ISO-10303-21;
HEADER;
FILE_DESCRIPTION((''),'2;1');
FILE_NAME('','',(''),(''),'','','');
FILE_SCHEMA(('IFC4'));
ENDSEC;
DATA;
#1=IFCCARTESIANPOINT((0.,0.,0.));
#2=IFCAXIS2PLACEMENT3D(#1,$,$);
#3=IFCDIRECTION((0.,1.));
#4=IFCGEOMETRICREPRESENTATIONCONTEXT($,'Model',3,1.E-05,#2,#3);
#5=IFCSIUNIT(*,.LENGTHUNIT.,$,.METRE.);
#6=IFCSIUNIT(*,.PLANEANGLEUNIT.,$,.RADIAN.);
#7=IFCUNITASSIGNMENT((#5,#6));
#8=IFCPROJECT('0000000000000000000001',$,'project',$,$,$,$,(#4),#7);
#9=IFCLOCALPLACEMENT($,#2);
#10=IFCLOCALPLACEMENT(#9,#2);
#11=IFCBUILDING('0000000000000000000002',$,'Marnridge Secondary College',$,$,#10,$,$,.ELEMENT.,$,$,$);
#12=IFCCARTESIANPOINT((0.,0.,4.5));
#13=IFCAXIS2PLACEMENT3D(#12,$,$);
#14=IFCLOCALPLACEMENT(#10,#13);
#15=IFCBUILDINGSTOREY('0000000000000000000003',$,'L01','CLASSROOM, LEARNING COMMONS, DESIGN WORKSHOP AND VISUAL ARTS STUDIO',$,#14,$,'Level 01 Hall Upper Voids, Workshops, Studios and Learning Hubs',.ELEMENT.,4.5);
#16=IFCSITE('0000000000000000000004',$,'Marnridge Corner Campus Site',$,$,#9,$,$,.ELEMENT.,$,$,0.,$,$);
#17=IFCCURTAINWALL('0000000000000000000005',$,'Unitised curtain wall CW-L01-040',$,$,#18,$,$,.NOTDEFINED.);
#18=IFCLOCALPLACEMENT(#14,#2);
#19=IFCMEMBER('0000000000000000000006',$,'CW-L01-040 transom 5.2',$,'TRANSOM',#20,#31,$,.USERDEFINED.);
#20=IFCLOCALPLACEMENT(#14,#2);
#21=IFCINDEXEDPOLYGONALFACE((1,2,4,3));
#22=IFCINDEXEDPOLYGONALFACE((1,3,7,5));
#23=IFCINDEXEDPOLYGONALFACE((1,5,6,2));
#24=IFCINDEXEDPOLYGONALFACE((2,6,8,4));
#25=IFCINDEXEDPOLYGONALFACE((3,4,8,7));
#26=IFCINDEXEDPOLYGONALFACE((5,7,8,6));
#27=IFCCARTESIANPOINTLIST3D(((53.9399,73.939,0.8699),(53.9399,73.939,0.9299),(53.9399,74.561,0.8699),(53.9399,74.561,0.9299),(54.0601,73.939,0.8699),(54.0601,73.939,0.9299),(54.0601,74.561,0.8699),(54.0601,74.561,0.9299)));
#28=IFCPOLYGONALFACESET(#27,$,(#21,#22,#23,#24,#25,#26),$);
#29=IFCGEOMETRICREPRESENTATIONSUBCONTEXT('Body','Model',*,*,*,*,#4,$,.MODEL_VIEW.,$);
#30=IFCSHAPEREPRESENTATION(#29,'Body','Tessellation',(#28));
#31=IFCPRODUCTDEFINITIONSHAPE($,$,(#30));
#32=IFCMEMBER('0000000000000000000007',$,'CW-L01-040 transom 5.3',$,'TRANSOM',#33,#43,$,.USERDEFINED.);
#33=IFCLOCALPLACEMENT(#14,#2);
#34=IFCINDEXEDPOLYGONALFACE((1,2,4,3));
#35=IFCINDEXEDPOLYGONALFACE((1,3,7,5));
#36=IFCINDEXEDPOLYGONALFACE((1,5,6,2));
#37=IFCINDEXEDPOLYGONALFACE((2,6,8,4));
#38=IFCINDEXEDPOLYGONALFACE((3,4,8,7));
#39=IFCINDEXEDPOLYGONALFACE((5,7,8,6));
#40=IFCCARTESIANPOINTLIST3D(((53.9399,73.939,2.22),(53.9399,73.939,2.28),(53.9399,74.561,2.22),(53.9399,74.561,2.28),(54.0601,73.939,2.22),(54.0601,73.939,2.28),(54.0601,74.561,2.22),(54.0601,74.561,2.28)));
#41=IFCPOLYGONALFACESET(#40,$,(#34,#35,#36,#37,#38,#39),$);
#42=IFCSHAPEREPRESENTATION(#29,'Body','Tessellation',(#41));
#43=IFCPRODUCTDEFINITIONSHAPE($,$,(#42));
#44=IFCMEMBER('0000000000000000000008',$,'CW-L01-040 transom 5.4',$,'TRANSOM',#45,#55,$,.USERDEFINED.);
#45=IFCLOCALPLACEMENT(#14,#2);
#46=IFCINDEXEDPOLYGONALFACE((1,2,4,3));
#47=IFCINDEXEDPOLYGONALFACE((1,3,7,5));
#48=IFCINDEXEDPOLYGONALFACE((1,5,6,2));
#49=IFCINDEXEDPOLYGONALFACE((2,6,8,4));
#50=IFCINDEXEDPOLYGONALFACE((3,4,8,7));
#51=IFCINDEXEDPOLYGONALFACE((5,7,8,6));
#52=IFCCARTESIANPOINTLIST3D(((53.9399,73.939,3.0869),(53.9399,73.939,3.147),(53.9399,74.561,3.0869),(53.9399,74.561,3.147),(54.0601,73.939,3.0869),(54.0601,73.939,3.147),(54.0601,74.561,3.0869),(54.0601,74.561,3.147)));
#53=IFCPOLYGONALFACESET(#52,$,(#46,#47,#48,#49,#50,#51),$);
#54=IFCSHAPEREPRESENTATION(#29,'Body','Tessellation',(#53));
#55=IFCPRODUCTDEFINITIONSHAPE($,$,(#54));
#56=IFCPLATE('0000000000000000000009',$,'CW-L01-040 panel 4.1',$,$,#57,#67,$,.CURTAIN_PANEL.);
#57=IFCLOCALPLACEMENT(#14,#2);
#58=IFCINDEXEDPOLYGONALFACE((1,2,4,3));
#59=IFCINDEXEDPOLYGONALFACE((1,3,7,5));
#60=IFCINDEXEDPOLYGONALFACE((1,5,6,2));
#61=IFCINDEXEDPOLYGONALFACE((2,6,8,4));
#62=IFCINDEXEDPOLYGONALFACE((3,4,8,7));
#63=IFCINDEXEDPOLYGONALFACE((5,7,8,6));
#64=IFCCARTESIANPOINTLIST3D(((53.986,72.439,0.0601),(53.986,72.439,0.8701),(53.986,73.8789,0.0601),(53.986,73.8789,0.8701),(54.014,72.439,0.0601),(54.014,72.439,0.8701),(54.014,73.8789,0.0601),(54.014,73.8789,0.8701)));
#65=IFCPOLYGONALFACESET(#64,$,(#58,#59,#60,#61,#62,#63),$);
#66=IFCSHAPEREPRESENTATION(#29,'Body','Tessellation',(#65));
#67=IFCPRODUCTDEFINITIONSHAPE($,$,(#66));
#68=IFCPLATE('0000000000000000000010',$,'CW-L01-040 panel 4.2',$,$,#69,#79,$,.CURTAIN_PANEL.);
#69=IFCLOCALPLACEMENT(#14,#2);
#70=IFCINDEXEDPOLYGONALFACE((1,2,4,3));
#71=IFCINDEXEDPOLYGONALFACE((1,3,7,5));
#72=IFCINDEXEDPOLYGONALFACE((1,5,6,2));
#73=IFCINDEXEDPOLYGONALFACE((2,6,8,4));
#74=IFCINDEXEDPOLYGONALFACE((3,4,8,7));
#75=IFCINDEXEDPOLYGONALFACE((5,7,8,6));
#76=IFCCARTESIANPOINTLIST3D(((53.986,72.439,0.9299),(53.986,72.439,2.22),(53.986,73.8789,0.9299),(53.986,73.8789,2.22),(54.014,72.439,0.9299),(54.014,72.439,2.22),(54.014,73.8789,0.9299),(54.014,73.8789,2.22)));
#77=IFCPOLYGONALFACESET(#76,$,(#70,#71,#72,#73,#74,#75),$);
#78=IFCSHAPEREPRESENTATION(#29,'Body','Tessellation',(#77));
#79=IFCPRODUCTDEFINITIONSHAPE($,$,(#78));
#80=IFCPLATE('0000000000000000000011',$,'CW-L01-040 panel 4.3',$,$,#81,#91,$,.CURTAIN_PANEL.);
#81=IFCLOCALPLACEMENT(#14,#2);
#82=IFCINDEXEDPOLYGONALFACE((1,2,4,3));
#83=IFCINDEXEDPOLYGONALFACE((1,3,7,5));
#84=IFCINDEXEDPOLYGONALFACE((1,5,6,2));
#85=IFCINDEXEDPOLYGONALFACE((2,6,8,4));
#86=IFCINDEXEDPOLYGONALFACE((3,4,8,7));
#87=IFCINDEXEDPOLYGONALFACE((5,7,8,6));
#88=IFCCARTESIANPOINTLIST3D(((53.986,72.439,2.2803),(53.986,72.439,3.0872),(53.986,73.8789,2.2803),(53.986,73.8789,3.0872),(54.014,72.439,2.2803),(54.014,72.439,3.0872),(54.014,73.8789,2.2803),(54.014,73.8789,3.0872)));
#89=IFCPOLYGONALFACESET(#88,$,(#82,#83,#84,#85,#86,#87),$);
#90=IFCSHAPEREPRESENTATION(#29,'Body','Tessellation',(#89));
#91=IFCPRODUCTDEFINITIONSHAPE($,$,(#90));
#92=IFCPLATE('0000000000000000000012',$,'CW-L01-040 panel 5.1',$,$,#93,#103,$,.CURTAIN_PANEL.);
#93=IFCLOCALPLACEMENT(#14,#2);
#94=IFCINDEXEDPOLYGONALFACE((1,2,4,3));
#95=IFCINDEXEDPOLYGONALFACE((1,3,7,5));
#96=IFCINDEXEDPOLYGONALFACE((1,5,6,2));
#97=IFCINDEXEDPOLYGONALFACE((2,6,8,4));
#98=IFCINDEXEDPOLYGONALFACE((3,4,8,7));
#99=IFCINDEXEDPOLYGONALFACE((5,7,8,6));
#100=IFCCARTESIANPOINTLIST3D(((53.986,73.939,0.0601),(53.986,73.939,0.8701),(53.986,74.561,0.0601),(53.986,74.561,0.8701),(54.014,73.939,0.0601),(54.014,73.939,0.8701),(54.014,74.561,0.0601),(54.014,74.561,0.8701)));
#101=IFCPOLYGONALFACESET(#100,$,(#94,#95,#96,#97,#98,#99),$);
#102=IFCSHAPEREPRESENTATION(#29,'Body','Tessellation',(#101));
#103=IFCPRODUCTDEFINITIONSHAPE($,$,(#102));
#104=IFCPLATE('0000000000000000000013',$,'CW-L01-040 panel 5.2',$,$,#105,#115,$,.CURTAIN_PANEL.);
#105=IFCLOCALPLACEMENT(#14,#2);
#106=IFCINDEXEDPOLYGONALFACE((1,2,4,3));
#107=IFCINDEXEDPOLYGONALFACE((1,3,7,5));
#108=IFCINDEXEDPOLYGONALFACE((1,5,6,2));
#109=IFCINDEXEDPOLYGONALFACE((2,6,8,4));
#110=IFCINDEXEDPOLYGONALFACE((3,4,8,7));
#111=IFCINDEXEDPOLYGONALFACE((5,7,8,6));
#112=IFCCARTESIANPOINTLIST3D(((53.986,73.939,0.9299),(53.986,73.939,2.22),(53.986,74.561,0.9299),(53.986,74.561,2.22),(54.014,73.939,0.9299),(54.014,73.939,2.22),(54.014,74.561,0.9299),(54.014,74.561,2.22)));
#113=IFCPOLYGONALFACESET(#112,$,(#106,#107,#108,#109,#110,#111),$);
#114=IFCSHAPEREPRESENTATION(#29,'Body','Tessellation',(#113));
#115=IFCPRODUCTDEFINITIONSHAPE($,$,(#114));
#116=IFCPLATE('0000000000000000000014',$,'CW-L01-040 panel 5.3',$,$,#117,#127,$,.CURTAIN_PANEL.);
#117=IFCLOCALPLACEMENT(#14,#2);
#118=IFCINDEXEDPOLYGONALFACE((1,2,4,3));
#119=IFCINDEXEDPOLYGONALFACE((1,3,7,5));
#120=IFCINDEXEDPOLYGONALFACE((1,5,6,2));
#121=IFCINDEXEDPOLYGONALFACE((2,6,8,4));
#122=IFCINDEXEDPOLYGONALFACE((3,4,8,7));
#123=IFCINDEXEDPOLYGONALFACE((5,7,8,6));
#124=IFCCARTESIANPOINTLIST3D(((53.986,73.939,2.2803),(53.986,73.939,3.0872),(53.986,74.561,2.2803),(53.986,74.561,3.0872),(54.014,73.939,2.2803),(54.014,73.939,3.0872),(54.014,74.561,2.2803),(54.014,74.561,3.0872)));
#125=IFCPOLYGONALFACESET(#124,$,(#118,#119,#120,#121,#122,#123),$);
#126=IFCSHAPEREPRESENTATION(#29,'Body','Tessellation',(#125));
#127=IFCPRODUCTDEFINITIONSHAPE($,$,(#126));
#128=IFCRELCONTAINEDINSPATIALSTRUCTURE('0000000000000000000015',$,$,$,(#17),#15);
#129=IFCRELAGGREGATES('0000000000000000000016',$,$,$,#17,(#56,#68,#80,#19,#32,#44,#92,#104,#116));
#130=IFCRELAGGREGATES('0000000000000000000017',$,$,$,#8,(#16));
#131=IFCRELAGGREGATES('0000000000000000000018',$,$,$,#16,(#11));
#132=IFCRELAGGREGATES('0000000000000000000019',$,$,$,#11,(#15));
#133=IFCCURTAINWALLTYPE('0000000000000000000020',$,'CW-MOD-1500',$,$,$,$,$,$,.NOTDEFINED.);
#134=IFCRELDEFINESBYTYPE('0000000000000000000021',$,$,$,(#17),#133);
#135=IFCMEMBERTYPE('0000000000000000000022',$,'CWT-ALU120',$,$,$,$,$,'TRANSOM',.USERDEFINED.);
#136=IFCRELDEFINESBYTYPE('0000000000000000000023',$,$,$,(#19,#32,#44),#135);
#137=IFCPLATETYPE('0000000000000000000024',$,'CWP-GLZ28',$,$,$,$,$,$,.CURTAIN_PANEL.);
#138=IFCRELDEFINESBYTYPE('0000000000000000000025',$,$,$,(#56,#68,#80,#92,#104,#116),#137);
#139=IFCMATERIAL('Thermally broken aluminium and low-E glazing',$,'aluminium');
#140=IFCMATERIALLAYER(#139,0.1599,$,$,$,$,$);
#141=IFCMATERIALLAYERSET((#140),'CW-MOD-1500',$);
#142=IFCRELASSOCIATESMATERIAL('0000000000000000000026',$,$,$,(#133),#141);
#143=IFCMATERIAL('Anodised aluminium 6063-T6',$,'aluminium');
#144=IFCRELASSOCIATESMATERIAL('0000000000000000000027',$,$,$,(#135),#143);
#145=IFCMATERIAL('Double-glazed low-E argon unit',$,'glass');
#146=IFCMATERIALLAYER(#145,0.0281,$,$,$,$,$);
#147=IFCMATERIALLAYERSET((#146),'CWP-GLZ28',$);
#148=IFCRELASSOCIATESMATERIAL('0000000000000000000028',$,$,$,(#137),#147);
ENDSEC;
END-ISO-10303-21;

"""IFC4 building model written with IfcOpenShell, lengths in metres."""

from ifc_helpers import new_model, si_unit, direction, frame, origin, origin_2d, place, context, subcontext, project, spatial, rectangle, extrude, material, layer, layer_set, material_profile, profile_set, type_object, element, aggregate, save


model = new_model("IFC4")

# Units and contexts
model_context = context("Model", 3, precision=1e-05, world=origin(), true_north=direction((0.0, 1.0)))
body_context = subcontext(model_context, "Body", "Model", "MODEL_VIEW")
ifc_project = project(units=[si_unit("LENGTHUNIT", "METRE"), si_unit("PLANEANGLEUNIT", "RADIAN")], contexts=[model_context])

# Site, building, storey
site_placement = place(None, origin())
site = spatial("IfcSite", under=ifc_project, at=site_placement, Name="Marnridge Corner Campus Site", CompositionType="ELEMENT", RefElevation=0.0)
building_placement = place(site_placement, origin())
building = spatial("IfcBuilding", under=site, at=building_placement, Name="Marnridge Secondary College", CompositionType="ELEMENT")
storey_placement = place(building_placement, frame((0.0, 0.0, 4.5)))
storey = spatial("IfcBuildingStorey", under=building, at=storey_placement, Name="L01", Description="CLASSROOM, LEARNING COMMONS, DESIGN WORKSHOP AND VISUAL ARTS STUDIO", LongName="Level 01 Hall Upper Voids, Workshops, Studios and Learning Hubs", CompositionType="ELEMENT", Elevation=4.5)

# Curtain wall
ifc_material_1 = material(Name="Thermally broken aluminium and low-E glazing", Category="aluminium")
ifc_layer_1 = layer(ifc_material_1, 0.1599)
ifc_layer_set_1 = layer_set([ifc_layer_1], Name="CW-MOD-1500")
curtain_wall_type = type_object("IfcCurtainWallType", Name="CW-MOD-1500", PredefinedType="NOTDEFINED", material=ifc_layer_set_1)
curtain_wall_1_placement = place(storey_placement, origin())
curtain_wall_1 = element("IfcCurtainWall", 1, at=curtain_wall_1_placement, inside=storey, type_object=curtain_wall_type, Name="Unitised curtain wall CW-L01-040", PredefinedType="NOTDEFINED")

# Members
ifc_material_2 = material(Name="Anodised aluminium 6063-T6", Category="aluminium")
ifc_material_profile_1 = material_profile(ifc_material_2, rectangle(XDim=0.0601, YDim=0.1201, at=origin_2d()), Name="ALU 60x120")
ifc_profile_set_1 = profile_set([ifc_material_profile_1], Name="Anodised aluminium 6063-T6")
member_type_1 = type_object("IfcMemberType", Name="CWT-ALU120", ElementType="TRANSOM", PredefinedType="USERDEFINED", material=ifc_profile_set_1)
member_1_placement = place(storey_placement, frame((54.0, 73.939, 0.8999), z_axis=(0.0, 1.0, 0.0), x_axis=(0.0, 0.0, 1.0)))
member_1 = element("IfcMember", 2, at=member_1_placement, type_object=member_type_1, Name="CW-L01-040 transom 5.2", ObjectType="TRANSOM", PredefinedType="USERDEFINED", context=body_context, shape_type="SweptSolid", body=[
    extrude(rectangle(XDim=0.0601, YDim=0.1201, at=origin_2d()), origin(), (0.0, 0.0, 1.0), 0.6221),
])
member_2_placement = place(storey_placement, frame((54.0, 73.939, 2.25), z_axis=(0.0, 1.0, 0.0), x_axis=(0.0, 0.0, 1.0)))
member_2 = element("IfcMember", 3, at=member_2_placement, type_object=member_type_1, Name="CW-L01-040 transom 5.3", ObjectType="TRANSOM", PredefinedType="USERDEFINED", context=body_context, shape_type="SweptSolid", body=[
    extrude(rectangle(XDim=0.0601, YDim=0.1201, at=origin_2d()), origin(), (0.0, 0.0, 1.0), 0.6221),
])
member_3_placement = place(storey_placement, frame((54.0, 73.939, 3.1169), z_axis=(0.0, 1.0, 0.0), x_axis=(0.0, 0.0, 1.0)))
member_3 = element("IfcMember", 4, at=member_3_placement, type_object=member_type_1, Name="CW-L01-040 transom 5.4", ObjectType="TRANSOM", PredefinedType="USERDEFINED", context=body_context, shape_type="SweptSolid", body=[
    extrude(rectangle(XDim=0.0601, YDim=0.1201, at=origin_2d()), origin(), (0.0, 0.0, 1.0), 0.6221),
])

# Plates
ifc_material_3 = material(Name="Double-glazed low-E argon unit", Category="glass")
ifc_layer_2 = layer(ifc_material_3, 0.0281)
ifc_layer_set_2 = layer_set([ifc_layer_2], Name="CWP-GLZ28")
plate_type = type_object("IfcPlateType", Name="CWP-GLZ28", PredefinedType="CURTAIN_PANEL", material=ifc_layer_set_2)
plate_1_placement = place(storey_placement, frame((54.0, 73.1589, 0.0601), z_axis=(0.0, 0.0, 1.0), x_axis=(0.0, 1.0, 0.0)))
plate_1 = element("IfcPlate", 5, at=plate_1_placement, type_object=plate_type, Name="CW-L01-040 panel 4.1", PredefinedType="CURTAIN_PANEL", context=body_context, shape_type="SweptSolid", body=[
    extrude(rectangle(XDim=1.4399, YDim=0.0281, at=origin_2d()), origin(), (0.0, 0.0, 1.0), 0.8101),
])
plate_2_placement = place(storey_placement, frame((54.0, 73.1589, 0.9299), z_axis=(0.0, 0.0, 1.0), x_axis=(0.0, 1.0, 0.0)))
plate_2 = element("IfcPlate", 6, at=plate_2_placement, type_object=plate_type, Name="CW-L01-040 panel 4.2", PredefinedType="CURTAIN_PANEL", context=body_context, shape_type="SweptSolid", body=[
    extrude(rectangle(XDim=1.4399, YDim=0.0281, at=origin_2d()), origin(), (0.0, 0.0, 1.0), 1.29),
])
plate_3_placement = place(storey_placement, frame((54.0, 73.1589, 2.2803), z_axis=(0.0, 0.0, 1.0), x_axis=(0.0, 1.0, 0.0)))
plate_3 = element("IfcPlate", 7, at=plate_3_placement, type_object=plate_type, Name="CW-L01-040 panel 4.3", PredefinedType="CURTAIN_PANEL", context=body_context, shape_type="SweptSolid", body=[
    extrude(rectangle(XDim=1.4399, YDim=0.0281, at=origin_2d()), origin(), (0.0, 0.0, 1.0), 0.8069),
])
plate_4_placement = place(storey_placement, frame((54.0, 74.25, 0.0601), z_axis=(0.0, 0.0, 1.0), x_axis=(0.0, 1.0, 0.0)))
plate_4 = element("IfcPlate", 8, at=plate_4_placement, type_object=plate_type, Name="CW-L01-040 panel 5.1", PredefinedType="CURTAIN_PANEL", context=body_context, shape_type="SweptSolid", body=[
    extrude(rectangle(XDim=0.6221, YDim=0.0281, at=origin_2d()), origin(), (0.0, 0.0, 1.0), 0.8101),
])
plate_5_placement = place(storey_placement, frame((54.0, 74.25, 0.9299), z_axis=(0.0, 0.0, 1.0), x_axis=(0.0, 1.0, 0.0)))
plate_5 = element("IfcPlate", 9, at=plate_5_placement, type_object=plate_type, Name="CW-L01-040 panel 5.2", PredefinedType="CURTAIN_PANEL", context=body_context, shape_type="SweptSolid", body=[
    extrude(rectangle(XDim=0.6221, YDim=0.0281, at=origin_2d()), origin(), (0.0, 0.0, 1.0), 1.29),
])
plate_6_placement = place(storey_placement, frame((54.0, 74.25, 2.2803), z_axis=(0.0, 0.0, 1.0), x_axis=(0.0, 1.0, 0.0)))
plate_6 = element("IfcPlate", 10, at=plate_6_placement, type_object=plate_type, Name="CW-L01-040 panel 5.3", PredefinedType="CURTAIN_PANEL", context=body_context, shape_type="SweptSolid", body=[
    extrude(rectangle(XDim=0.6221, YDim=0.0281, at=origin_2d()), origin(), (0.0, 0.0, 1.0), 0.8069),
])
aggregate(curtain_wall_1, [plate_1, plate_2, plate_3, member_1, member_2, member_3, plate_4, plate_5, plate_6])

save(model, "model.ifc")
